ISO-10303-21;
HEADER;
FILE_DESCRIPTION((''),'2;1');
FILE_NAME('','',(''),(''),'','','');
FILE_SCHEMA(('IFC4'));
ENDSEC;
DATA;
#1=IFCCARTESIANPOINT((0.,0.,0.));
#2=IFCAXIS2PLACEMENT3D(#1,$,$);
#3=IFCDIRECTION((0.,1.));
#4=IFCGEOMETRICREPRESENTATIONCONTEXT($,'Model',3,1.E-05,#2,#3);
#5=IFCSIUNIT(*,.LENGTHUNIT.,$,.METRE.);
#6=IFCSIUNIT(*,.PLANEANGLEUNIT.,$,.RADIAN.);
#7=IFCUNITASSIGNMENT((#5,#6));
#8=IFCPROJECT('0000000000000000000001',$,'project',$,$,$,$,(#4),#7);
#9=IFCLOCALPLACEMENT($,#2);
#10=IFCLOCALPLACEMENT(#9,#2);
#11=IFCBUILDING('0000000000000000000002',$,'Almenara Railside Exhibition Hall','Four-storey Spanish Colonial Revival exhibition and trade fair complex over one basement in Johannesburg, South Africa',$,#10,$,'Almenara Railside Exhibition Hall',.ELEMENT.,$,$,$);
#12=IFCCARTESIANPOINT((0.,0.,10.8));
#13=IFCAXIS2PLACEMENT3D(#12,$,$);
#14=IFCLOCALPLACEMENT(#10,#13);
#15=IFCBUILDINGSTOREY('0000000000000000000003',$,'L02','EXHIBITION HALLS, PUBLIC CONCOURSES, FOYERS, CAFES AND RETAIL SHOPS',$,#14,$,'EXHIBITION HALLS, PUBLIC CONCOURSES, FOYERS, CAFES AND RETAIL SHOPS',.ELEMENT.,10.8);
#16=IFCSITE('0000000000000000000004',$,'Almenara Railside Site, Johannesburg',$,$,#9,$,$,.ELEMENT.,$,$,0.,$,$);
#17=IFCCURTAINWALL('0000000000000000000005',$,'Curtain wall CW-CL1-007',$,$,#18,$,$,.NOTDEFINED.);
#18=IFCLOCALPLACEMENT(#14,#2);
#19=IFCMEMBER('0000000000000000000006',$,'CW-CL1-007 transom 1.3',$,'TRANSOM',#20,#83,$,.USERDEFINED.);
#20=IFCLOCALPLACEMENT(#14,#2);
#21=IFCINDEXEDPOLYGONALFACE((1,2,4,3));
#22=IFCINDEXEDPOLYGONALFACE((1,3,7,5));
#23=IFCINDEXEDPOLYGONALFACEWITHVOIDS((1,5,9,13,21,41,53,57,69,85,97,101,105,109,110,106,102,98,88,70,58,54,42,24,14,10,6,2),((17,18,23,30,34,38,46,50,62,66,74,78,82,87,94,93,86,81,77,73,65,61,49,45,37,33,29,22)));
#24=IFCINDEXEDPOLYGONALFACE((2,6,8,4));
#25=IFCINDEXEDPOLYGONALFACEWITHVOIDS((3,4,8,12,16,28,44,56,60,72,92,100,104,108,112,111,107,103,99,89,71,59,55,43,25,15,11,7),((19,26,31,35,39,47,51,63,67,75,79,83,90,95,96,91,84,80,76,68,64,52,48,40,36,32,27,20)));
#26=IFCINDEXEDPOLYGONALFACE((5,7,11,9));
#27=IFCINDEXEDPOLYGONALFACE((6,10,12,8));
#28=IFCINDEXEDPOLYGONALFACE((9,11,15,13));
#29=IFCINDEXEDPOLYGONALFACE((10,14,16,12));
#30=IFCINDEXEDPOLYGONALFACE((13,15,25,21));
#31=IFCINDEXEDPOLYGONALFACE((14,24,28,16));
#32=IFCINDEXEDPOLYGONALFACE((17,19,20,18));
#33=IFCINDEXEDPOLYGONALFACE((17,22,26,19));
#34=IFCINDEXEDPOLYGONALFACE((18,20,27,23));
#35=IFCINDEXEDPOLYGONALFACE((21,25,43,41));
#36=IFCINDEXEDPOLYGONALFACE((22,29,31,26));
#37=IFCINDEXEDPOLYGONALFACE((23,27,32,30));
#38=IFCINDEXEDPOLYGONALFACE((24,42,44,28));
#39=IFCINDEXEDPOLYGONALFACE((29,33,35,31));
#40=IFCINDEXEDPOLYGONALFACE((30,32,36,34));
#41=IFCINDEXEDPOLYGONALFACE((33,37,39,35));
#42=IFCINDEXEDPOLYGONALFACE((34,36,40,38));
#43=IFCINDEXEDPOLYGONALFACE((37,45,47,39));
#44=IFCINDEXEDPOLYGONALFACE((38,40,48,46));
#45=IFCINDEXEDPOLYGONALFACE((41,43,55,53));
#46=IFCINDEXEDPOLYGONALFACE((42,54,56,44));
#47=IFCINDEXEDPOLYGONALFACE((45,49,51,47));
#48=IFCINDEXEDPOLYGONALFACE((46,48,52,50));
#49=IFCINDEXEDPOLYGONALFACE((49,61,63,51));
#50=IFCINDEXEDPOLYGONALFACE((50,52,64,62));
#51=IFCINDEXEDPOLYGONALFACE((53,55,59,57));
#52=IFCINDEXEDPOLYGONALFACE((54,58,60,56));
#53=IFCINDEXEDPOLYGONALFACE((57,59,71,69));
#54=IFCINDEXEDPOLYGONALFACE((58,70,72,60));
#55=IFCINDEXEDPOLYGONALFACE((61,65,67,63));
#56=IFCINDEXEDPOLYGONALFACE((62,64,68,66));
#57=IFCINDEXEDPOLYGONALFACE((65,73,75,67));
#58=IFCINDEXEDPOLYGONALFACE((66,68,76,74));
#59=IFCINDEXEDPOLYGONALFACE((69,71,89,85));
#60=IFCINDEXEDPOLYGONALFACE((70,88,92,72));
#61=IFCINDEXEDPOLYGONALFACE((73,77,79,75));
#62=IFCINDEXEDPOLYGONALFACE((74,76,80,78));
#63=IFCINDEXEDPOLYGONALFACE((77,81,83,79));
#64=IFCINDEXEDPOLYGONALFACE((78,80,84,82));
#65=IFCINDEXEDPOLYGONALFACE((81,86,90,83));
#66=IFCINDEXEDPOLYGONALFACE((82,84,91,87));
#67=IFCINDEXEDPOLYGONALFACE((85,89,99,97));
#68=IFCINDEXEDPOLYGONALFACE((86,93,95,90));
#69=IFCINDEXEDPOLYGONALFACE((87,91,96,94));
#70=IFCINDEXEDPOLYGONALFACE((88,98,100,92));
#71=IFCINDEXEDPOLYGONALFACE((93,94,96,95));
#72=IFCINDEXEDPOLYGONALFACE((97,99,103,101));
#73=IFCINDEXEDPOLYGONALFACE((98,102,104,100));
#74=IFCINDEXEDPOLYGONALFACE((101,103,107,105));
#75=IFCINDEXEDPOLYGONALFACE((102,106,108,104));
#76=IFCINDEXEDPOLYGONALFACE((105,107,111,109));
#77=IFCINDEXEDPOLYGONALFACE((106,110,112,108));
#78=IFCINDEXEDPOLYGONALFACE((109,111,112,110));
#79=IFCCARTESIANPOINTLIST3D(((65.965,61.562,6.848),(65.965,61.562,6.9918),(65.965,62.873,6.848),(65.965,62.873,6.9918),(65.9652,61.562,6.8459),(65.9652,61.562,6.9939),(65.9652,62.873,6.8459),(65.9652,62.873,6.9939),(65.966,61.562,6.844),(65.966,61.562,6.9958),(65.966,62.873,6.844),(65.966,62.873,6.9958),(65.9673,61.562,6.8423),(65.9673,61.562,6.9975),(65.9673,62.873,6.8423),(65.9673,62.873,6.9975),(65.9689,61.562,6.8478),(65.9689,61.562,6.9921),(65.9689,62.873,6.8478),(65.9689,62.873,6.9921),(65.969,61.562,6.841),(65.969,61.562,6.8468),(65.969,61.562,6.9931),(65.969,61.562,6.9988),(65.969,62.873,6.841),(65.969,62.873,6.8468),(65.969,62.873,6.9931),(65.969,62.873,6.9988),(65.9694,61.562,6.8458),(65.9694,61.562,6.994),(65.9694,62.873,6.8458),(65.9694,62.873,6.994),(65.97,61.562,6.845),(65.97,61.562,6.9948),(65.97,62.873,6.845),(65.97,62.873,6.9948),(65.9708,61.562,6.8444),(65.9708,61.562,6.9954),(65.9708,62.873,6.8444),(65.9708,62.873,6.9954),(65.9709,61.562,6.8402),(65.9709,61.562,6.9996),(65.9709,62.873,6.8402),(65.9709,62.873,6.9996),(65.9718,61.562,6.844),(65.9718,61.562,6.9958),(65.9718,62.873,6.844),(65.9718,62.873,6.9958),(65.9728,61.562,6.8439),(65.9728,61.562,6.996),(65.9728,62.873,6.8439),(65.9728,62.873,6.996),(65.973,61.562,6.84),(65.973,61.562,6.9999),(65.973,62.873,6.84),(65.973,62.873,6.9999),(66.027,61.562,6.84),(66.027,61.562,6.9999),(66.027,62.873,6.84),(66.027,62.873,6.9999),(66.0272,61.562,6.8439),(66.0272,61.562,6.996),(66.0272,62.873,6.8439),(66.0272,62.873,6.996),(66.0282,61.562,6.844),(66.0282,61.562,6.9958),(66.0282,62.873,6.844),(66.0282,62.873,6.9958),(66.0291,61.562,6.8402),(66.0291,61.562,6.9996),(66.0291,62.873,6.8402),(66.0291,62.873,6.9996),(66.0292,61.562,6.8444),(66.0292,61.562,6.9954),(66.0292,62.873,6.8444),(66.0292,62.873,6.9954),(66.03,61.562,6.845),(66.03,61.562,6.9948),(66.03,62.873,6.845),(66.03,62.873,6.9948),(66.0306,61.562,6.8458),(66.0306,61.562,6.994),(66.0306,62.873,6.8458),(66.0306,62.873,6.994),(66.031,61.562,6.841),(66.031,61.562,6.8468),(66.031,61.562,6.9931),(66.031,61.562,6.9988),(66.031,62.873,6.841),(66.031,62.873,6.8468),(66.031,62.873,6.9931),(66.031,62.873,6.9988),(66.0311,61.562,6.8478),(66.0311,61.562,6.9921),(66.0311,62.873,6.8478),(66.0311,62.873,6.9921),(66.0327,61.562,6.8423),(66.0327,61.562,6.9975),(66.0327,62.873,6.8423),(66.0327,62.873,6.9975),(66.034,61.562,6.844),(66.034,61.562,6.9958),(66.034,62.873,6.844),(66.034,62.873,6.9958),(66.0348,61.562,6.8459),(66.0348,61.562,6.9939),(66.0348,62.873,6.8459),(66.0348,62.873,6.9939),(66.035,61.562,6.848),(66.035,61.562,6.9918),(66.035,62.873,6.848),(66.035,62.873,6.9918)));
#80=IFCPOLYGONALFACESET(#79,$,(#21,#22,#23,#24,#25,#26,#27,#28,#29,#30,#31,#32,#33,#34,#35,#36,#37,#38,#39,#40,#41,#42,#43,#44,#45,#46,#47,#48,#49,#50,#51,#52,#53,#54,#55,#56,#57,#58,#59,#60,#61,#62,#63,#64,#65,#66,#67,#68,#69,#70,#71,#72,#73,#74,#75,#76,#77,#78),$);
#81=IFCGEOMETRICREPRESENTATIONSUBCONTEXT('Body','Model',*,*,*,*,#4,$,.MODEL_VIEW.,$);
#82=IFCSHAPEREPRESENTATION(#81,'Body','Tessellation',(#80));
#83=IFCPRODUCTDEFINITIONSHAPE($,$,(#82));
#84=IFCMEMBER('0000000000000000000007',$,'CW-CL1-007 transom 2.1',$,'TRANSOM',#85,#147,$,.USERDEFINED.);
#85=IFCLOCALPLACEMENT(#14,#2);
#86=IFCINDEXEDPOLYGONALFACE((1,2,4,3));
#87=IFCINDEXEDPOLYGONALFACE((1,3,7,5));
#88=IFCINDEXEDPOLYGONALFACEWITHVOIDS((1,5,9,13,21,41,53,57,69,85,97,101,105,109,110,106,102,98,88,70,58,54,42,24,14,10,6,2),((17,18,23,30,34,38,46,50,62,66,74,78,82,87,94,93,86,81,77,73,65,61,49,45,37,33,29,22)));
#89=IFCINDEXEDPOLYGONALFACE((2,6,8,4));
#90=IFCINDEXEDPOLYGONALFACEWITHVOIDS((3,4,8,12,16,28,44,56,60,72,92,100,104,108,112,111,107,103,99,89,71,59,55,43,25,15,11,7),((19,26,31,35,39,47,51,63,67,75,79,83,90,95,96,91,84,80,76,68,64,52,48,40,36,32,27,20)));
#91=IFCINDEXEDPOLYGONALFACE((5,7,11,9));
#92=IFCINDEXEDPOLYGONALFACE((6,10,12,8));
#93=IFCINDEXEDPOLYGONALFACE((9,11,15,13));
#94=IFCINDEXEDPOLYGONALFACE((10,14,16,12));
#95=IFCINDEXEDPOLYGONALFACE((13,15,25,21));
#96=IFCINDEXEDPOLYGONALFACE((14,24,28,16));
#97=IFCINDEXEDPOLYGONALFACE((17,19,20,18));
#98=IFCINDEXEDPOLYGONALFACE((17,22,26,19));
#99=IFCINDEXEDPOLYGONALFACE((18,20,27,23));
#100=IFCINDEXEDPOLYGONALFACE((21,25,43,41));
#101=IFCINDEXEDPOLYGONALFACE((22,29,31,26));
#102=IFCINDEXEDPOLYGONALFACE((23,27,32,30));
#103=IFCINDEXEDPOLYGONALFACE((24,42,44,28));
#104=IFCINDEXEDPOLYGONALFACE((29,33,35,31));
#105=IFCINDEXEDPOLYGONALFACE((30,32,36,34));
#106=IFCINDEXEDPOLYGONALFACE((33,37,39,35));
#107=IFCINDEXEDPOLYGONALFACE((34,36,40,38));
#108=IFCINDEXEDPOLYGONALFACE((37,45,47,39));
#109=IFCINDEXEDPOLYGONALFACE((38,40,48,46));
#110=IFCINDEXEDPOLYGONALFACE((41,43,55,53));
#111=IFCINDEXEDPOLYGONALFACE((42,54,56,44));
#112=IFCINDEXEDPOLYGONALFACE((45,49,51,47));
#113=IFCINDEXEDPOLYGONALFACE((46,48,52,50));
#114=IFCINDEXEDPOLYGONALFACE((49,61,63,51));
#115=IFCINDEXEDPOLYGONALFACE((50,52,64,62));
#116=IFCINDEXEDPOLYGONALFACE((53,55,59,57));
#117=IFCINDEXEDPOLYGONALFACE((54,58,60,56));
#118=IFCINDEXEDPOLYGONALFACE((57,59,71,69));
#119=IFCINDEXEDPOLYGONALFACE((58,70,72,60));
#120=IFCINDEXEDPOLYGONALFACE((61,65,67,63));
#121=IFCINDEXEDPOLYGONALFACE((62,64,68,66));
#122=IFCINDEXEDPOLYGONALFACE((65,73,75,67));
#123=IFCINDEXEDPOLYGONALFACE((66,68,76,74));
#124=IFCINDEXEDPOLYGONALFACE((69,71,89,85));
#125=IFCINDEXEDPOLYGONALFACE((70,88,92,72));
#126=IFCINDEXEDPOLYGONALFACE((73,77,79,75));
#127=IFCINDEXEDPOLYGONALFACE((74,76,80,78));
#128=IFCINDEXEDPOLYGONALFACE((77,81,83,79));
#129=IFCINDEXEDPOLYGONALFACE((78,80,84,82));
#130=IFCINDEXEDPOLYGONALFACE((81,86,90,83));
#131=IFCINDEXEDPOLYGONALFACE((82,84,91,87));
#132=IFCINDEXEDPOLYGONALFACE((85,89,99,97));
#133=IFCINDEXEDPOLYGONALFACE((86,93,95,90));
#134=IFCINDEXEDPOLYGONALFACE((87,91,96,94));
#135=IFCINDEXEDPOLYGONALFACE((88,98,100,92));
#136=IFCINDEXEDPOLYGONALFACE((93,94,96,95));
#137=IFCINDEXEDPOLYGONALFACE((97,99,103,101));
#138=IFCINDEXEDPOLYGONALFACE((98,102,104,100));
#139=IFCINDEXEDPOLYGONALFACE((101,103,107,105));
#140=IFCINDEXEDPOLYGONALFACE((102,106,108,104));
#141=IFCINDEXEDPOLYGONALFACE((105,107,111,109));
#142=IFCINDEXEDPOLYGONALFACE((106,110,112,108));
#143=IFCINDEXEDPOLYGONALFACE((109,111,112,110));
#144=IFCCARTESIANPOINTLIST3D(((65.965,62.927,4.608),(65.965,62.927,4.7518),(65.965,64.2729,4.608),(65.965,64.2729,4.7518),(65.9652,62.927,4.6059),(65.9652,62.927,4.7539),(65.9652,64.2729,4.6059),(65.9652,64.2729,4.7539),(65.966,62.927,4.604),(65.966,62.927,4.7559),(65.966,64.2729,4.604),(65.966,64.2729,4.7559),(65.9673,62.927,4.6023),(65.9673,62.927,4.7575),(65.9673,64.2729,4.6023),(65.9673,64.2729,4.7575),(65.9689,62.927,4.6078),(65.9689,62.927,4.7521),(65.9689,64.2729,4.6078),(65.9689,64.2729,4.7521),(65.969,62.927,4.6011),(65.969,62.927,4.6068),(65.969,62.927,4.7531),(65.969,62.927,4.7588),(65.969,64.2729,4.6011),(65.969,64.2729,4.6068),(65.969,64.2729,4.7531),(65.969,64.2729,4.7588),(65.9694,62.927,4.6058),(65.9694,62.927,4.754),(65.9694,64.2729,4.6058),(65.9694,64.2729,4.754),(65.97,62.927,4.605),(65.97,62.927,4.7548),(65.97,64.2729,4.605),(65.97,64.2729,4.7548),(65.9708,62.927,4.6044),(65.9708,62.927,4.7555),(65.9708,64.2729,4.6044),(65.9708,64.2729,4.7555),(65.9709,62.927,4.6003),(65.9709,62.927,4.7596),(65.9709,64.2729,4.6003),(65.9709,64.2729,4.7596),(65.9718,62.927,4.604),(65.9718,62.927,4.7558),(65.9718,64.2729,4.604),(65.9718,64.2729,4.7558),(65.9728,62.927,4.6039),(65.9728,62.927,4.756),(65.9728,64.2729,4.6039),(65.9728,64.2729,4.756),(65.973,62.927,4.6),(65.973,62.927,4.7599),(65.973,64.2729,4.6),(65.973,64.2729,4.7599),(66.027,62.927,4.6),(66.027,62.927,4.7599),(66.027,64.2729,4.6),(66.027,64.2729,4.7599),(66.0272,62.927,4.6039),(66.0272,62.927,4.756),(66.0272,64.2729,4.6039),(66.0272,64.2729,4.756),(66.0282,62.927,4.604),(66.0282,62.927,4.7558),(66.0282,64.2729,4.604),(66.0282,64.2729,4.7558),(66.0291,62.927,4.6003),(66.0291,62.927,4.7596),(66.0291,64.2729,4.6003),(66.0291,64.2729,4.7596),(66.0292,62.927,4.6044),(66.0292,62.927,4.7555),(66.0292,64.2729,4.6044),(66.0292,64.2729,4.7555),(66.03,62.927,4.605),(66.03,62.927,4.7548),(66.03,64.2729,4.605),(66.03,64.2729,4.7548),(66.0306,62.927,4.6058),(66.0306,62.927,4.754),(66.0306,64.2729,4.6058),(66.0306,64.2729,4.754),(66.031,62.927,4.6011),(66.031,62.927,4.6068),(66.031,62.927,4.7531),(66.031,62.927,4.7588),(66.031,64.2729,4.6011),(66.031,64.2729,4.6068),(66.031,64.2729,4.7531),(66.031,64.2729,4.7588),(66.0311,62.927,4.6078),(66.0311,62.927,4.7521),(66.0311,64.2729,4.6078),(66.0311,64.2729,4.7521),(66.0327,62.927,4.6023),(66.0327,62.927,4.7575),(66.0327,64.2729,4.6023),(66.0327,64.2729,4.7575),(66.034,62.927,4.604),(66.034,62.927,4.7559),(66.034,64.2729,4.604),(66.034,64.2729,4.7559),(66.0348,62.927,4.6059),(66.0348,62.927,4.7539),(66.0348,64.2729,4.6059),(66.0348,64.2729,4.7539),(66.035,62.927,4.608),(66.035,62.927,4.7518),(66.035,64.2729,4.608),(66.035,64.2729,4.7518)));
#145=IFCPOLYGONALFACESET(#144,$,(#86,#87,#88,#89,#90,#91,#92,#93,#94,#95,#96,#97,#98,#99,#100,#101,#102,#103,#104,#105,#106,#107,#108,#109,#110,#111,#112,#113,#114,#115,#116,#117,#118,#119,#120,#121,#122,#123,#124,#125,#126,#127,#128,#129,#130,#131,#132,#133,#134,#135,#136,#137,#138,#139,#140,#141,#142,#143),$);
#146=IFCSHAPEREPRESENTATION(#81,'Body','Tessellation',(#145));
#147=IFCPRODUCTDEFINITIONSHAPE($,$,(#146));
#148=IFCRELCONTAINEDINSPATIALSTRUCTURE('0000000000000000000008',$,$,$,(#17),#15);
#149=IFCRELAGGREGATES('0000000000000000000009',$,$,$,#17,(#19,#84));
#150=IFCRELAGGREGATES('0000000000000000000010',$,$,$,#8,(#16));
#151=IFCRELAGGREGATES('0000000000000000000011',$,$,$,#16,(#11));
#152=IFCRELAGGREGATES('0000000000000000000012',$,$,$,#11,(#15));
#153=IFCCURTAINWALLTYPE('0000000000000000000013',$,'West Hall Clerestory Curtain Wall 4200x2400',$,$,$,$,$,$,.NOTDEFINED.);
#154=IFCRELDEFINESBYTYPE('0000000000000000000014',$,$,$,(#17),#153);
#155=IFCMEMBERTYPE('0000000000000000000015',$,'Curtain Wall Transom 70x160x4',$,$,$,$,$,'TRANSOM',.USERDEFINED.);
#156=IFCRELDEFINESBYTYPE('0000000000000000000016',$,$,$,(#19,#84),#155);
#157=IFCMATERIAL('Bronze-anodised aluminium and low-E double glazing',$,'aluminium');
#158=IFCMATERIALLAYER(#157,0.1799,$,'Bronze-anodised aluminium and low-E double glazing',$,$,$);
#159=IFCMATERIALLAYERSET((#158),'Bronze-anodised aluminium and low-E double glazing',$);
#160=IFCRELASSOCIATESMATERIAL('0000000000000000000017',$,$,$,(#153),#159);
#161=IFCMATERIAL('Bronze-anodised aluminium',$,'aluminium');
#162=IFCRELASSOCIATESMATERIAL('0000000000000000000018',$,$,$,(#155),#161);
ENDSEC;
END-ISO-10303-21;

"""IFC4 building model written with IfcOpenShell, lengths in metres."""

from ifc_helpers import new_model, si_unit, direction, frame, origin, origin_2d, place, context, subcontext, project, spatial, hollow_rectangle, extrude, material, layer, layer_set, material_profile, profile_set, type_object, element, aggregate, save


model = new_model("IFC4")

# Units and contexts
model_context = context("Model", 3, precision=1e-05, world=origin(), true_north=direction((0.0, 1.0)))
body_context = subcontext(model_context, "Body", "Model", "MODEL_VIEW")
ifc_project = project(units=[si_unit("LENGTHUNIT", "METRE"), si_unit("PLANEANGLEUNIT", "RADIAN")], contexts=[model_context])

# Site, building, storey
site_placement = place(None, origin())
site = spatial("IfcSite", under=ifc_project, at=site_placement, Name="Almenara Railside Site, Johannesburg", CompositionType="ELEMENT", RefElevation=0.0)
building_placement = place(site_placement, origin())
building = spatial("IfcBuilding", under=site, at=building_placement, Name="Almenara Railside Exhibition Hall", Description="Four-storey Spanish Colonial Revival exhibition and trade fair complex over one basement in Johannesburg, South Africa", LongName="Almenara Railside Exhibition Hall", CompositionType="ELEMENT")
storey_placement = place(building_placement, frame((0.0, 0.0, 10.8)))
storey = spatial("IfcBuildingStorey", under=building, at=storey_placement, Name="L02", Description="EXHIBITION HALLS, PUBLIC CONCOURSES, FOYERS, CAFES AND RETAIL SHOPS", LongName="EXHIBITION HALLS, PUBLIC CONCOURSES, FOYERS, CAFES AND RETAIL SHOPS", CompositionType="ELEMENT", Elevation=10.8)

# Shared definitions
ifc_material_1 = material(Name="Bronze-anodised aluminium and low-E double glazing", Category="aluminium")
ifc_material_2 = material(Name="Bronze-anodised aluminium", Category="aluminium")

# Curtain wall
ifc_layer_1 = layer(ifc_material_1, 0.1799, Name="Bronze-anodised aluminium and low-E double glazing")
ifc_layer_set_1 = layer_set([ifc_layer_1], Name="Bronze-anodised aluminium and low-E double glazing")
curtain_wall_type_1 = type_object("IfcCurtainWallType", Name="West Hall Clerestory Curtain Wall 4200x2400", PredefinedType="NOTDEFINED", material=ifc_layer_set_1)
curtain_wall_1_placement = place(storey_placement, origin())
curtain_wall_1 = element("IfcCurtainWall", 1, at=curtain_wall_1_placement, inside=storey, type_object=curtain_wall_type_1, Name="Curtain wall CW-CL1-007", PredefinedType="NOTDEFINED")

# Members
ifc_material_profile_1 = material_profile(ifc_material_2, hollow_rectangle(XDim=0.0701, YDim=0.1599, WallThickness=0.0039, InnerFilletRadius=0.0039, OuterFilletRadius=0.0081, at=origin_2d()), Name="ALU-TRN 70x160x4")
ifc_profile_set_1 = profile_set([ifc_material_profile_1], Name="Bronze-anodised aluminium")
member_type_1 = type_object("IfcMemberType", Name="Curtain Wall Transom 70x160x4", ElementType="TRANSOM", PredefinedType="USERDEFINED", material=ifc_profile_set_1)
member_1_placement = place(storey_placement, frame((66.0, 61.562, 6.9199), z_axis=(0.0, 1.0, 0.0), x_axis=(-1.0, 0.0, 0.0)))
member_1 = element("IfcMember", 2, at=member_1_placement, type_object=member_type_1, Name="CW-CL1-007 transom 1.3", ObjectType="TRANSOM", PredefinedType="USERDEFINED", context=body_context, shape_type="SweptSolid", body=[
    extrude(hollow_rectangle(XDim=0.0701, YDim=0.1599, WallThickness=0.0039, InnerFilletRadius=0.0039, OuterFilletRadius=0.0081, at=origin_2d()), origin(), (0.0, 0.0, 1.0), 1.311),
])
member_2_placement = place(storey_placement, frame((66.0, 62.927, 4.6799), z_axis=(0.0, 1.0, 0.0), x_axis=(-1.0, 0.0, 0.0)))
member_2 = element("IfcMember", 3, at=member_2_placement, type_object=member_type_1, Name="CW-CL1-007 transom 2.1", ObjectType="TRANSOM", PredefinedType="USERDEFINED", context=body_context, shape_type="SweptSolid", body=[
    extrude(hollow_rectangle(XDim=0.0701, YDim=0.1599, WallThickness=0.0039, InnerFilletRadius=0.0039, OuterFilletRadius=0.0081, at=origin_2d()), origin(), (0.0, 0.0, 1.0), 1.3459),
])

aggregate(curtain_wall_1, [member_1, member_2])

save(model, "model.ifc")
